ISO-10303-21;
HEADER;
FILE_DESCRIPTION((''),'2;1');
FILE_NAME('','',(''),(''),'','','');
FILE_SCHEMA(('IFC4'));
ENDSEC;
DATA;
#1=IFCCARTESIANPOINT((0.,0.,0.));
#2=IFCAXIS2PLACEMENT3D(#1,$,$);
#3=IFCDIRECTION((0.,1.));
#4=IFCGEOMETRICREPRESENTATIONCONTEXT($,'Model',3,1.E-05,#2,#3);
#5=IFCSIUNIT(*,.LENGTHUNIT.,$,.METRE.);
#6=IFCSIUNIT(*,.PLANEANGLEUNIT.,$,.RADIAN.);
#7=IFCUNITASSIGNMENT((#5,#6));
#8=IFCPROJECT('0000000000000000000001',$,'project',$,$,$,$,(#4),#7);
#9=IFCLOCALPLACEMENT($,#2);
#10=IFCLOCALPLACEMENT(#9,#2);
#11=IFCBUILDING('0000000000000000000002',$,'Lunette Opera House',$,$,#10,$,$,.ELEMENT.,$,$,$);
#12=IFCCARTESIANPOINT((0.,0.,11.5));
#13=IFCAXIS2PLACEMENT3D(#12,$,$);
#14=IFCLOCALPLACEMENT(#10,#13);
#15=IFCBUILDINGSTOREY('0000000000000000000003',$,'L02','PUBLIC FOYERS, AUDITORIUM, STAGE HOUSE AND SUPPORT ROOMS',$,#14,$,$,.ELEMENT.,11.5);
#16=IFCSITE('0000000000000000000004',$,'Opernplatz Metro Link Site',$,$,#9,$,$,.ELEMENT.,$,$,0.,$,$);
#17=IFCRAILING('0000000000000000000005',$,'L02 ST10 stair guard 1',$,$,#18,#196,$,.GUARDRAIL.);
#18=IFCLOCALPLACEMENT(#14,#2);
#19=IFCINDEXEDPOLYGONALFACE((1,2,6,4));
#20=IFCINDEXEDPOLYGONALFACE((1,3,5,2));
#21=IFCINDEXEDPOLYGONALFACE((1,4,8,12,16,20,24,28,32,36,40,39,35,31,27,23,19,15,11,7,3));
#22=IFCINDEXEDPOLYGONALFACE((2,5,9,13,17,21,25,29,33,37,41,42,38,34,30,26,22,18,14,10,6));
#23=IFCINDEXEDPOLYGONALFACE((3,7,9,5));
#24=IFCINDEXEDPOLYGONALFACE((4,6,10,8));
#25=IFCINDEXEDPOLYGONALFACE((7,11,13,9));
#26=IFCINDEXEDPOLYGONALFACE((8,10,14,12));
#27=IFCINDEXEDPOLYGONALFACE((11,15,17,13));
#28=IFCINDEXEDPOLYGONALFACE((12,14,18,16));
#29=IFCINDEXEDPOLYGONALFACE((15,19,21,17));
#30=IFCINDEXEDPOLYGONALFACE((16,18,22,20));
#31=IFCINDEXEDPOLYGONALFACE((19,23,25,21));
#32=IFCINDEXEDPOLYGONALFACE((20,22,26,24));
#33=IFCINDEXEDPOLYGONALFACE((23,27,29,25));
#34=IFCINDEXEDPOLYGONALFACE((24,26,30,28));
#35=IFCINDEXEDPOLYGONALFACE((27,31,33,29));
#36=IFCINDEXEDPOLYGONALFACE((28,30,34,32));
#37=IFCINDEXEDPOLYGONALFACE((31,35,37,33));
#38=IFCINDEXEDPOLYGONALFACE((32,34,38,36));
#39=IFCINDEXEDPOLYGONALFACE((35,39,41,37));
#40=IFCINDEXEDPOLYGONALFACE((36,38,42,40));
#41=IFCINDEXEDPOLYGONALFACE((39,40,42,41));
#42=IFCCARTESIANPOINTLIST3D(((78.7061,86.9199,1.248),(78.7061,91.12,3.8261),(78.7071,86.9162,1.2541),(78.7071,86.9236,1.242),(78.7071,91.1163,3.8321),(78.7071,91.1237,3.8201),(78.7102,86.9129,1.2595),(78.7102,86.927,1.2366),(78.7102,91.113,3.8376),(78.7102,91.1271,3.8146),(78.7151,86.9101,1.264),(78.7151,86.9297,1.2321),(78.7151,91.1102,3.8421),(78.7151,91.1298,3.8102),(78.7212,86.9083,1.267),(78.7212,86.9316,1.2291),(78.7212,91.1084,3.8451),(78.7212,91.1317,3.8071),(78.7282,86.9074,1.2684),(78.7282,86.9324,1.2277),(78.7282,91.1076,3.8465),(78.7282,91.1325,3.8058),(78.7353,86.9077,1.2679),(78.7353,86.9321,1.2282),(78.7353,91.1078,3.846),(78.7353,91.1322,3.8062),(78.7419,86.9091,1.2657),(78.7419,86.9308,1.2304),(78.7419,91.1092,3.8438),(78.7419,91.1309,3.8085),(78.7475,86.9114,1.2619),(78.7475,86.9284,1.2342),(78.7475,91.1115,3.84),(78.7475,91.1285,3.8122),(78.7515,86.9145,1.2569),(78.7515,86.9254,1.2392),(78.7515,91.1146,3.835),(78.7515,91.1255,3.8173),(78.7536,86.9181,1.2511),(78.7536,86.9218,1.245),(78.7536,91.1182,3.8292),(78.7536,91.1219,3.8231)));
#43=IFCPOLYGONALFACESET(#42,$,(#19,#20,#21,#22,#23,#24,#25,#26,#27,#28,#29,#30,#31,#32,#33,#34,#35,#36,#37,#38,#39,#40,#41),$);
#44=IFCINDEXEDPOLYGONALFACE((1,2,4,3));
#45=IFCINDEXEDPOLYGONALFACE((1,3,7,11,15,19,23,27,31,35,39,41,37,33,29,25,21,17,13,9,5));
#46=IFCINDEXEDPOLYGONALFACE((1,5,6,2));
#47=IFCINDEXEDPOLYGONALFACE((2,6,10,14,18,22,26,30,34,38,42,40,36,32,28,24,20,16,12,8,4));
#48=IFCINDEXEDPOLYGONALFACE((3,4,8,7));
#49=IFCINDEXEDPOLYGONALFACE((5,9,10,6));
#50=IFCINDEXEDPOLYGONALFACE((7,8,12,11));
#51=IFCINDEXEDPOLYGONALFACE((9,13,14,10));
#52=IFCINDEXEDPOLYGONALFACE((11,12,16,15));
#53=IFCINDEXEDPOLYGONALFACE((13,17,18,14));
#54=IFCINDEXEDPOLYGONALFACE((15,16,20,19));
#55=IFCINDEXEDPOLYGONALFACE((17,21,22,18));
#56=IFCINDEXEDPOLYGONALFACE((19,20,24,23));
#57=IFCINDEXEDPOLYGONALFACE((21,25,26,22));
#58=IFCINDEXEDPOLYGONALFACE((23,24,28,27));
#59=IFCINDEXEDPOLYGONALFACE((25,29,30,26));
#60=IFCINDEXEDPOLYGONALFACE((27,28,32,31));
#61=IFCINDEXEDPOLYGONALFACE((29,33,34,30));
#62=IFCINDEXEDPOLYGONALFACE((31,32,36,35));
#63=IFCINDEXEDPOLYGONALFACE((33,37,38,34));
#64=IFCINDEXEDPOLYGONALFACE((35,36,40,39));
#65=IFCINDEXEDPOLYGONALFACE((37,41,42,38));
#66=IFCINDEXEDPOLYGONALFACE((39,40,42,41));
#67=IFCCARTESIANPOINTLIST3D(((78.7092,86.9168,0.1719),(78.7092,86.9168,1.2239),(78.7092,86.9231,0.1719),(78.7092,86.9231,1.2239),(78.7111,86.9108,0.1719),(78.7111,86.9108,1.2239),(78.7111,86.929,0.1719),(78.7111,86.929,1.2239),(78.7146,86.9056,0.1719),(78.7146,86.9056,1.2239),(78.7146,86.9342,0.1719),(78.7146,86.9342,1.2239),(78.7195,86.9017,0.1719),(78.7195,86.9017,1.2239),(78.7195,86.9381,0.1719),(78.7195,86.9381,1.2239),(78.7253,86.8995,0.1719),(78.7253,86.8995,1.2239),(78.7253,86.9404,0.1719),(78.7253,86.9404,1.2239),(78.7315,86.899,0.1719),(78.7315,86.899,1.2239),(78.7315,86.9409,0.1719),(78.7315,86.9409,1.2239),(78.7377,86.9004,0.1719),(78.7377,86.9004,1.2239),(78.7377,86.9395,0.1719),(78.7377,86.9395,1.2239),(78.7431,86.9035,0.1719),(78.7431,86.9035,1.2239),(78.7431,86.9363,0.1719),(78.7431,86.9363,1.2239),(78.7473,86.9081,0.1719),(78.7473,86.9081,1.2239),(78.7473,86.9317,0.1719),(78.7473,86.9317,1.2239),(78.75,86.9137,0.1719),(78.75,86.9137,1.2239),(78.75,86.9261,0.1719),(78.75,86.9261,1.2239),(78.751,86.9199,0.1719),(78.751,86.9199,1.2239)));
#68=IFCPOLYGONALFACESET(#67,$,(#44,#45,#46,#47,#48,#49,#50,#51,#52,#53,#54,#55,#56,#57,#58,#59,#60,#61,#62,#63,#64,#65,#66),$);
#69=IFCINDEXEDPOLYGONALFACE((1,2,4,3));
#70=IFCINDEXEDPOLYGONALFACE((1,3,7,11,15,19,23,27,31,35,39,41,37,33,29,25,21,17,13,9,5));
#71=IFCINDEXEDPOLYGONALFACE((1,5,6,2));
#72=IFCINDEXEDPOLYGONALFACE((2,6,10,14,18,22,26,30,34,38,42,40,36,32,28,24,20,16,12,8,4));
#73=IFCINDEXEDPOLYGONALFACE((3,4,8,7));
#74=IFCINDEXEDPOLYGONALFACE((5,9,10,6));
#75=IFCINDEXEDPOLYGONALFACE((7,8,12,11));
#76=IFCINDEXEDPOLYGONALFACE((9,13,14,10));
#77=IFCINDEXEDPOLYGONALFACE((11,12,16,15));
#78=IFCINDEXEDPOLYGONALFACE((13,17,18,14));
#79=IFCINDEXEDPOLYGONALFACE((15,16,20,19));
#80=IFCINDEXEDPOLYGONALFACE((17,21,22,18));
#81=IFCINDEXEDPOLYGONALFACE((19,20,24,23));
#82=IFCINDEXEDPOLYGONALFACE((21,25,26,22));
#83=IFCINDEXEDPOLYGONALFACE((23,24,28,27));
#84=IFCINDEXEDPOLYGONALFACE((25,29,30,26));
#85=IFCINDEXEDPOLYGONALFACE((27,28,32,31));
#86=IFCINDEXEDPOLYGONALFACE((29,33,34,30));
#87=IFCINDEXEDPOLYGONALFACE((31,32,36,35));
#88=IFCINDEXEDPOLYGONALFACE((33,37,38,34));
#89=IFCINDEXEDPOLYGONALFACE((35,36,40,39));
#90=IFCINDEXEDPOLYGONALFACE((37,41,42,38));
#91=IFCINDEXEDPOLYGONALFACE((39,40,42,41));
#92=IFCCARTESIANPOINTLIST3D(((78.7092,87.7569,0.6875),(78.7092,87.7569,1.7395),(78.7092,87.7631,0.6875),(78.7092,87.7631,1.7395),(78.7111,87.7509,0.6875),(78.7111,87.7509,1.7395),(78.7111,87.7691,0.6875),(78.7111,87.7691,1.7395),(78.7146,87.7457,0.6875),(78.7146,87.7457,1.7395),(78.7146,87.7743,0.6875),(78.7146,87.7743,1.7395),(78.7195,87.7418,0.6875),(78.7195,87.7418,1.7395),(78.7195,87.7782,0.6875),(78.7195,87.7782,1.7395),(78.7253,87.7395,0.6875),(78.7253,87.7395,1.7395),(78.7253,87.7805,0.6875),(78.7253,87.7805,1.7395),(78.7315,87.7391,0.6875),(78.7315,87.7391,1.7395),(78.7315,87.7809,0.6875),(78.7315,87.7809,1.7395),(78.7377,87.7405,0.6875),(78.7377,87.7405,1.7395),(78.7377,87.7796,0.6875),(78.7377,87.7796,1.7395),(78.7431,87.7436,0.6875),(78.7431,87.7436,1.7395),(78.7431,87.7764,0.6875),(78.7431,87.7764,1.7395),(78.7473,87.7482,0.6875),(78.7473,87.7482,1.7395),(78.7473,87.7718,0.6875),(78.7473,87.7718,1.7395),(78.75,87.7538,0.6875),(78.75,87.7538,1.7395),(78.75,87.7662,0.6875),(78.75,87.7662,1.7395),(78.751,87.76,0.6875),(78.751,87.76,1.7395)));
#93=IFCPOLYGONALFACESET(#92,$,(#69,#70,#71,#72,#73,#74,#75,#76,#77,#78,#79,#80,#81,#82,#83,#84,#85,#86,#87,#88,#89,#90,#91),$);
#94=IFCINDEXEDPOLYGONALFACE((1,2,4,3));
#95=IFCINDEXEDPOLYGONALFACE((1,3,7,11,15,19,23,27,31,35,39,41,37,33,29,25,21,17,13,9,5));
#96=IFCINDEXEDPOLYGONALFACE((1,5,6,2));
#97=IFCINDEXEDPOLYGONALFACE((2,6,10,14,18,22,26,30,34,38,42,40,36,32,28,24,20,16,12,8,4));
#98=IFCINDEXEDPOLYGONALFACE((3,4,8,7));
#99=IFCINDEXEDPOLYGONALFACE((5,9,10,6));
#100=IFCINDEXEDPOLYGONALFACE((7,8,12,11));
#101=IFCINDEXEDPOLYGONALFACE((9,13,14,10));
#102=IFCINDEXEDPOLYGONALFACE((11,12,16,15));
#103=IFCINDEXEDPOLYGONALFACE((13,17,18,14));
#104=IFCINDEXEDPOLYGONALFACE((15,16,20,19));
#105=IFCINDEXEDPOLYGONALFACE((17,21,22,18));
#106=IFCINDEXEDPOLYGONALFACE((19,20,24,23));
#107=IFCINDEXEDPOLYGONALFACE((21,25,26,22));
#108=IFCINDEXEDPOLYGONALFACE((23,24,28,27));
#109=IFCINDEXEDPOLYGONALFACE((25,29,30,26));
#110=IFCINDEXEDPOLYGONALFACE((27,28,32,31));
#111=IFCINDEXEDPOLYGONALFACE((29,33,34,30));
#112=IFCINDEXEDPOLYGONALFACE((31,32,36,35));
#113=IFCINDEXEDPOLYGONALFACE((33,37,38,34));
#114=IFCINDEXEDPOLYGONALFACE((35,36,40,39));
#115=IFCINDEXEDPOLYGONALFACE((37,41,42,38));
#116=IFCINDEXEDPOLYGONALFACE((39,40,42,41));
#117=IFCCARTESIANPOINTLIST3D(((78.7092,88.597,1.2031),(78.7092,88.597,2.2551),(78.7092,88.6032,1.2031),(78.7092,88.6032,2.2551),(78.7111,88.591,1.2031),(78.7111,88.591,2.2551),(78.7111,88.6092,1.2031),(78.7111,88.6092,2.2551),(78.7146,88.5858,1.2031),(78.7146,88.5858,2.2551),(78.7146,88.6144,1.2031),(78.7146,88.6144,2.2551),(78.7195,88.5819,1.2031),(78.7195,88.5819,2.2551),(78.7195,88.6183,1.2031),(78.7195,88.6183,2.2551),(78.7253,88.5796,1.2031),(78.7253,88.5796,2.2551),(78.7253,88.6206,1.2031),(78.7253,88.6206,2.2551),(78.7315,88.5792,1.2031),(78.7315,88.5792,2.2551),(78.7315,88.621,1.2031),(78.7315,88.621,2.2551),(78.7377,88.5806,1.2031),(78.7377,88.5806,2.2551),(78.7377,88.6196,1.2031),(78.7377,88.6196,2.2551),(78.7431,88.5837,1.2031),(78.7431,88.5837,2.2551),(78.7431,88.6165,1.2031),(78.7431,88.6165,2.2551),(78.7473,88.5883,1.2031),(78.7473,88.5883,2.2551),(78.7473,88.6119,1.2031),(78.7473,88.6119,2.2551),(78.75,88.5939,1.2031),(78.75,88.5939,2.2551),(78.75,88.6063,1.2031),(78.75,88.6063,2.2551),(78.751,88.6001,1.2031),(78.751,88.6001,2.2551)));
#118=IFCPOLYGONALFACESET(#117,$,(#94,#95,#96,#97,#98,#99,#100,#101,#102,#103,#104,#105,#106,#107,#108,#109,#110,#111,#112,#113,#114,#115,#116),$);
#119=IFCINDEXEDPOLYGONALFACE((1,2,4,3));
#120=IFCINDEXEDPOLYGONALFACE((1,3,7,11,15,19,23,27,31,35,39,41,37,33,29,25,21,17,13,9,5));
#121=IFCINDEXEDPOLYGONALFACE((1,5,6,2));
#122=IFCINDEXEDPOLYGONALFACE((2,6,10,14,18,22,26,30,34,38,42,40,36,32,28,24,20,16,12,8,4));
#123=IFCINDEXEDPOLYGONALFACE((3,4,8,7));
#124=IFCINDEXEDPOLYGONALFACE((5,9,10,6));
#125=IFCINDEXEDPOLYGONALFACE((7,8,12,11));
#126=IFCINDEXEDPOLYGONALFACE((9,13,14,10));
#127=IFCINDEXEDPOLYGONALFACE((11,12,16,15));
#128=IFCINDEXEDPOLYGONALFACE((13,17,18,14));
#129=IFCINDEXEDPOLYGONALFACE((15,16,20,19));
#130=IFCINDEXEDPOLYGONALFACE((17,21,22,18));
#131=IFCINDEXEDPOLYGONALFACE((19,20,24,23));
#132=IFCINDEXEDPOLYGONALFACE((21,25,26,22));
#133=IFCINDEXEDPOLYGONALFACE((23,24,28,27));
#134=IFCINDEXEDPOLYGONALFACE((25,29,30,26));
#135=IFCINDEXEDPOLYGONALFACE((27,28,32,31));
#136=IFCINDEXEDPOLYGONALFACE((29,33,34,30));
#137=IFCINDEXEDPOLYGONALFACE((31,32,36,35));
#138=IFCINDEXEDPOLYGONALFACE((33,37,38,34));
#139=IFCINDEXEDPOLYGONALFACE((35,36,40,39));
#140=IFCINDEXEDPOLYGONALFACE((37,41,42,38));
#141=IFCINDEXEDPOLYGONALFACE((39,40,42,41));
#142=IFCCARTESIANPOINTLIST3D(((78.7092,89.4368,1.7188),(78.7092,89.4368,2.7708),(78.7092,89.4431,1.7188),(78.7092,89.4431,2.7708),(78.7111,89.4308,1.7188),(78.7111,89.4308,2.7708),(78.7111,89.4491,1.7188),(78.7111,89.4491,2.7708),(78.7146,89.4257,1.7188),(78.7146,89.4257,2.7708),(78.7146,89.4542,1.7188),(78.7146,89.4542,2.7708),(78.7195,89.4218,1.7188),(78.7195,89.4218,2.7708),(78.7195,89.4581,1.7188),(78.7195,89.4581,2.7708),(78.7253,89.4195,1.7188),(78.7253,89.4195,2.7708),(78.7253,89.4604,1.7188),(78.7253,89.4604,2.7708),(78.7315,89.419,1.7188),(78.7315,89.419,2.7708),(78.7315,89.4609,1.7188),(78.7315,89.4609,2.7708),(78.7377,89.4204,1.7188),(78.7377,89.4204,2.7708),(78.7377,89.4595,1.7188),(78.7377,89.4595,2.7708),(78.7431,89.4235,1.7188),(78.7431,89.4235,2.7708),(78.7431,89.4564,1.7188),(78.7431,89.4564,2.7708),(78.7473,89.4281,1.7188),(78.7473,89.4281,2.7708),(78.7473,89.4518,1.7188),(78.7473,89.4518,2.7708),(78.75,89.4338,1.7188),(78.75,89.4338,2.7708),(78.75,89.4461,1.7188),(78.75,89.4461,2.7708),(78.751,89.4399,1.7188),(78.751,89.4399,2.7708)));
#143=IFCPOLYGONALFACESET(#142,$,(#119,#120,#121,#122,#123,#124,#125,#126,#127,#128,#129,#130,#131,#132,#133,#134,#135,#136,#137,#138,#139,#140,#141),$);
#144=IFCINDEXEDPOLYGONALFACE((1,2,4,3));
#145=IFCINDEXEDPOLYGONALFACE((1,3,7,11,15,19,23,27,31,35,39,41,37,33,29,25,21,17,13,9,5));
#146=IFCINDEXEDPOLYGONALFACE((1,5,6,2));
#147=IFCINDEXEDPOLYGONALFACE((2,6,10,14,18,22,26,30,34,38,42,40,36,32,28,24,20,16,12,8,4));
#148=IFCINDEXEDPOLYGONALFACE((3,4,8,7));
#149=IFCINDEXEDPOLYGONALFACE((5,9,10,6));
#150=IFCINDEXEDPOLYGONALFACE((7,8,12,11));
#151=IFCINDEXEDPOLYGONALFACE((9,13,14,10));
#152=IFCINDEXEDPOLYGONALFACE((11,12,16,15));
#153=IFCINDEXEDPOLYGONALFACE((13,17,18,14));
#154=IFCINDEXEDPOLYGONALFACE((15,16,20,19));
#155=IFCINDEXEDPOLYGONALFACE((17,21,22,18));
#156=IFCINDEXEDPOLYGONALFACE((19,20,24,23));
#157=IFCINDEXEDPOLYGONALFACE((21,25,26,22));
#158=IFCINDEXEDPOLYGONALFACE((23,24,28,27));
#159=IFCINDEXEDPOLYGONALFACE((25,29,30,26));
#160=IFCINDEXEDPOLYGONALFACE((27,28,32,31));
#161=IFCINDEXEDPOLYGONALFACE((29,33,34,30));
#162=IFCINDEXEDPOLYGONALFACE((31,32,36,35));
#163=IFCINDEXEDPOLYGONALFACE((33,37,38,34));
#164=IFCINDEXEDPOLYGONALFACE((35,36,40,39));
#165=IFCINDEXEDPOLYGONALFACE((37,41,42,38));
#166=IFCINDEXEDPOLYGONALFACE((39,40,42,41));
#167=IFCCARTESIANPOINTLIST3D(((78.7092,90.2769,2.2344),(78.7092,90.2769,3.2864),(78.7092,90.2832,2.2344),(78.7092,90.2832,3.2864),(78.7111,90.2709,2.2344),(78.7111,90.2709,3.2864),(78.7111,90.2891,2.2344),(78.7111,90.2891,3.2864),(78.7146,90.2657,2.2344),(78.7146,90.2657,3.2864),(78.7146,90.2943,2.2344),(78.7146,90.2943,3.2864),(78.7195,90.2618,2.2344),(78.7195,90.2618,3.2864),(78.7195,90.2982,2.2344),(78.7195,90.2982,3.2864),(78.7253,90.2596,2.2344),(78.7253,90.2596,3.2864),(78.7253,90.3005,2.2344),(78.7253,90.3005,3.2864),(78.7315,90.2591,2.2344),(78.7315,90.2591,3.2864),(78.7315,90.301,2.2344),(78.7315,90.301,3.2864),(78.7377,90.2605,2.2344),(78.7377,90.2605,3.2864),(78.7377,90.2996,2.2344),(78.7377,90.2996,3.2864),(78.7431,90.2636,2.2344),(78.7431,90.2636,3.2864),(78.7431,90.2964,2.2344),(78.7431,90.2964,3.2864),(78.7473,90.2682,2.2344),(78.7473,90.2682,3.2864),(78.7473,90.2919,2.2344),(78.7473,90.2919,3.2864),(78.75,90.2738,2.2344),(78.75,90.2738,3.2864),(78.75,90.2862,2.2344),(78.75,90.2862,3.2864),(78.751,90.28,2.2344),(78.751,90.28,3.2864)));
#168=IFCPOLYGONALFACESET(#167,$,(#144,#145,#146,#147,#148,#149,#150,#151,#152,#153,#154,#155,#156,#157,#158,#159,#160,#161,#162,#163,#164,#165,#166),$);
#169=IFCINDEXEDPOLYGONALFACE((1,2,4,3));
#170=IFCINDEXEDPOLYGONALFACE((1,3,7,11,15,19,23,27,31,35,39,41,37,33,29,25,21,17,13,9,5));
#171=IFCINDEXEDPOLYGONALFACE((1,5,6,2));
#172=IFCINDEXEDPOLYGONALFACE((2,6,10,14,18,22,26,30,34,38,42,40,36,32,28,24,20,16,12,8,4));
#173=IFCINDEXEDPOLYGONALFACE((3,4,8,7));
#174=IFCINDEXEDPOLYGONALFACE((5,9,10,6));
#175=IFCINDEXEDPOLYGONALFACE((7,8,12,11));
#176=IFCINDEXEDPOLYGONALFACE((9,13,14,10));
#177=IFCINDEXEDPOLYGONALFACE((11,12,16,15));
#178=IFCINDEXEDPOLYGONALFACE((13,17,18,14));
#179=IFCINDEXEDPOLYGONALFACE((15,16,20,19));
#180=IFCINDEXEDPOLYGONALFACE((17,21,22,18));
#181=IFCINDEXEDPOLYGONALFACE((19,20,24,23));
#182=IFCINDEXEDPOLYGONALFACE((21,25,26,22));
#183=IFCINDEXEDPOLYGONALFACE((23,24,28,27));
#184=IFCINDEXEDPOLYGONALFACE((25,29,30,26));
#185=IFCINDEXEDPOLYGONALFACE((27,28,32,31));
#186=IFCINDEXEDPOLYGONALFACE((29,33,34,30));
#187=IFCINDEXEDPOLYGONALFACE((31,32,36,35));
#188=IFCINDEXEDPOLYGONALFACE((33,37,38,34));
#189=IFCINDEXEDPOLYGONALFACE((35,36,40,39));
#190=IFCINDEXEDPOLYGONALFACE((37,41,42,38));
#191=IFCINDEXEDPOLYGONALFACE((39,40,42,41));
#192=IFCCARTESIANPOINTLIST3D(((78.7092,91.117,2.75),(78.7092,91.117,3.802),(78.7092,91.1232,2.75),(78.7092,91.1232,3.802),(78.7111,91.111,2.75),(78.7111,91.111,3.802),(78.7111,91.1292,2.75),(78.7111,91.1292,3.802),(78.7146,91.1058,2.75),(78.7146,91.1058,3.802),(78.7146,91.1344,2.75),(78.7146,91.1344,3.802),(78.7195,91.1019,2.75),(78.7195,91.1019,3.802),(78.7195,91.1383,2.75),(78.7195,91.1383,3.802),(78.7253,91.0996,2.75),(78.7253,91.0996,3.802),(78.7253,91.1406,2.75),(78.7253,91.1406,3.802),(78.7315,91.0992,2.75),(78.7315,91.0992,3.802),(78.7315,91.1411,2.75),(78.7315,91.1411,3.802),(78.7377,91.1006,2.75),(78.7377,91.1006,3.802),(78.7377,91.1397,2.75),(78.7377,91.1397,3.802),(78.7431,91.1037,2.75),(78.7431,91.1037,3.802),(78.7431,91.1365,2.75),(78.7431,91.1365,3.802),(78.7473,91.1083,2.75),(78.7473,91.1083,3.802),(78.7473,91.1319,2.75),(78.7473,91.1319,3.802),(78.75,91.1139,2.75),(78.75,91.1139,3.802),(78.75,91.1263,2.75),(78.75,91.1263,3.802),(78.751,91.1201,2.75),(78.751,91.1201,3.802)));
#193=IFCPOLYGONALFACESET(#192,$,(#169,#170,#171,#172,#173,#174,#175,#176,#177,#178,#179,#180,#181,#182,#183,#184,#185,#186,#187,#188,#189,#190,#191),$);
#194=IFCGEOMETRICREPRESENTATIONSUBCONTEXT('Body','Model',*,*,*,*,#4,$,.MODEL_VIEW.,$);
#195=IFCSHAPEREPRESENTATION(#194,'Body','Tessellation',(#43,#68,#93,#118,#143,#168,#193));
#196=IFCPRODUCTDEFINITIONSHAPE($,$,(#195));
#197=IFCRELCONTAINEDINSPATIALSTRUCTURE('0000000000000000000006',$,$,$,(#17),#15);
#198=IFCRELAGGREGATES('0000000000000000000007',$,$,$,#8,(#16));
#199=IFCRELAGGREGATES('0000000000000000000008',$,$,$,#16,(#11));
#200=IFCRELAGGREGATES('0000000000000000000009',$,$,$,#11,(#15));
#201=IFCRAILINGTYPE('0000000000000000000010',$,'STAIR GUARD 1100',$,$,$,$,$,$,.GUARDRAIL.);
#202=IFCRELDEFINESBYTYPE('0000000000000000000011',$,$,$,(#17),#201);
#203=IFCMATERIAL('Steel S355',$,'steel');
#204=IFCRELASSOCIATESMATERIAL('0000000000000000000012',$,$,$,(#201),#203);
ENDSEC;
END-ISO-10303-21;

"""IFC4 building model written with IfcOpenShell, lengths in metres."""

from ifc_helpers import new_model, si_unit, direction, frame, origin, origin_2d, place, context, subcontext, project, spatial, circle, extrude, material, type_object, element, save


model = new_model("IFC4")

# Units and contexts
model_context = context("Model", 3, precision=1e-05, world=origin(), true_north=direction((0.0, 1.0)))
body_context = subcontext(model_context, "Body", "Model", "MODEL_VIEW")
ifc_project = project(units=[si_unit("LENGTHUNIT", "METRE"), si_unit("PLANEANGLEUNIT", "RADIAN")], contexts=[model_context])

# Site, building, storey
site_placement = place(None, origin())
site = spatial("IfcSite", under=ifc_project, at=site_placement, Name="Opernplatz Metro Link Site", CompositionType="ELEMENT", RefElevation=0.0)
building_placement = place(site_placement, origin())
building = spatial("IfcBuilding", under=site, at=building_placement, Name="Lunette Opera House", CompositionType="ELEMENT")
storey_placement = place(building_placement, frame((0.0, 0.0, 11.5)))
storey = spatial("IfcBuildingStorey", under=building, at=storey_placement, Name="L02", Description="PUBLIC FOYERS, AUDITORIUM, STAGE HOUSE AND SUPPORT ROOMS", CompositionType="ELEMENT", Elevation=11.5)

# Railing
ifc_material_1 = material(Name="Steel S355", Category="steel")
railing_type_1 = type_object("IfcRailingType", Name="STAIR GUARD 1100", PredefinedType="GUARDRAIL", material=ifc_material_1)
railing_1_placement = place(storey_placement, frame((78.73, 86.9199, 0.1719)))
element("IfcRailing", 1, at=railing_1_placement, inside=storey, type_object=railing_type_1, Name="L02 ST10 stair guard 1", PredefinedType="GUARDRAIL", context=body_context, shape_type="SweptSolid", body=[
    extrude(circle(Radius=0.0239, at=origin_2d()), frame((0.0, 0.0, 1.0762), z_axis=(0.0, 0.852256, 0.523124), x_axis=(-1.0, 0.0, 0.0)), (0.0, 0.0, 1.0), 4.9282),
    extrude(circle(Radius=0.021, at=origin_2d()), origin(), (0.0, 0.0, 1.0), 1.052),
    extrude(circle(Radius=0.021, at=origin_2d()), frame((0.0, 0.8401, 0.5156)), (0.0, 0.0, 1.0), 1.052),
    extrude(circle(Radius=0.021, at=origin_2d()), frame((0.0, 1.6802, 1.0312)), (0.0, 0.0, 1.0), 1.052),
    extrude(circle(Radius=0.021, at=origin_2d()), frame((0.0, 2.52, 1.5469)), (0.0, 0.0, 1.0), 1.052),
    extrude(circle(Radius=0.021, at=origin_2d()), frame((0.0, 3.3601, 2.0625)), (0.0, 0.0, 1.0), 1.052),
    extrude(circle(Radius=0.021, at=origin_2d()), frame((0.0, 4.2002, 2.5781)), (0.0, 0.0, 1.0), 1.052),
])

save(model, "model.ifc")
